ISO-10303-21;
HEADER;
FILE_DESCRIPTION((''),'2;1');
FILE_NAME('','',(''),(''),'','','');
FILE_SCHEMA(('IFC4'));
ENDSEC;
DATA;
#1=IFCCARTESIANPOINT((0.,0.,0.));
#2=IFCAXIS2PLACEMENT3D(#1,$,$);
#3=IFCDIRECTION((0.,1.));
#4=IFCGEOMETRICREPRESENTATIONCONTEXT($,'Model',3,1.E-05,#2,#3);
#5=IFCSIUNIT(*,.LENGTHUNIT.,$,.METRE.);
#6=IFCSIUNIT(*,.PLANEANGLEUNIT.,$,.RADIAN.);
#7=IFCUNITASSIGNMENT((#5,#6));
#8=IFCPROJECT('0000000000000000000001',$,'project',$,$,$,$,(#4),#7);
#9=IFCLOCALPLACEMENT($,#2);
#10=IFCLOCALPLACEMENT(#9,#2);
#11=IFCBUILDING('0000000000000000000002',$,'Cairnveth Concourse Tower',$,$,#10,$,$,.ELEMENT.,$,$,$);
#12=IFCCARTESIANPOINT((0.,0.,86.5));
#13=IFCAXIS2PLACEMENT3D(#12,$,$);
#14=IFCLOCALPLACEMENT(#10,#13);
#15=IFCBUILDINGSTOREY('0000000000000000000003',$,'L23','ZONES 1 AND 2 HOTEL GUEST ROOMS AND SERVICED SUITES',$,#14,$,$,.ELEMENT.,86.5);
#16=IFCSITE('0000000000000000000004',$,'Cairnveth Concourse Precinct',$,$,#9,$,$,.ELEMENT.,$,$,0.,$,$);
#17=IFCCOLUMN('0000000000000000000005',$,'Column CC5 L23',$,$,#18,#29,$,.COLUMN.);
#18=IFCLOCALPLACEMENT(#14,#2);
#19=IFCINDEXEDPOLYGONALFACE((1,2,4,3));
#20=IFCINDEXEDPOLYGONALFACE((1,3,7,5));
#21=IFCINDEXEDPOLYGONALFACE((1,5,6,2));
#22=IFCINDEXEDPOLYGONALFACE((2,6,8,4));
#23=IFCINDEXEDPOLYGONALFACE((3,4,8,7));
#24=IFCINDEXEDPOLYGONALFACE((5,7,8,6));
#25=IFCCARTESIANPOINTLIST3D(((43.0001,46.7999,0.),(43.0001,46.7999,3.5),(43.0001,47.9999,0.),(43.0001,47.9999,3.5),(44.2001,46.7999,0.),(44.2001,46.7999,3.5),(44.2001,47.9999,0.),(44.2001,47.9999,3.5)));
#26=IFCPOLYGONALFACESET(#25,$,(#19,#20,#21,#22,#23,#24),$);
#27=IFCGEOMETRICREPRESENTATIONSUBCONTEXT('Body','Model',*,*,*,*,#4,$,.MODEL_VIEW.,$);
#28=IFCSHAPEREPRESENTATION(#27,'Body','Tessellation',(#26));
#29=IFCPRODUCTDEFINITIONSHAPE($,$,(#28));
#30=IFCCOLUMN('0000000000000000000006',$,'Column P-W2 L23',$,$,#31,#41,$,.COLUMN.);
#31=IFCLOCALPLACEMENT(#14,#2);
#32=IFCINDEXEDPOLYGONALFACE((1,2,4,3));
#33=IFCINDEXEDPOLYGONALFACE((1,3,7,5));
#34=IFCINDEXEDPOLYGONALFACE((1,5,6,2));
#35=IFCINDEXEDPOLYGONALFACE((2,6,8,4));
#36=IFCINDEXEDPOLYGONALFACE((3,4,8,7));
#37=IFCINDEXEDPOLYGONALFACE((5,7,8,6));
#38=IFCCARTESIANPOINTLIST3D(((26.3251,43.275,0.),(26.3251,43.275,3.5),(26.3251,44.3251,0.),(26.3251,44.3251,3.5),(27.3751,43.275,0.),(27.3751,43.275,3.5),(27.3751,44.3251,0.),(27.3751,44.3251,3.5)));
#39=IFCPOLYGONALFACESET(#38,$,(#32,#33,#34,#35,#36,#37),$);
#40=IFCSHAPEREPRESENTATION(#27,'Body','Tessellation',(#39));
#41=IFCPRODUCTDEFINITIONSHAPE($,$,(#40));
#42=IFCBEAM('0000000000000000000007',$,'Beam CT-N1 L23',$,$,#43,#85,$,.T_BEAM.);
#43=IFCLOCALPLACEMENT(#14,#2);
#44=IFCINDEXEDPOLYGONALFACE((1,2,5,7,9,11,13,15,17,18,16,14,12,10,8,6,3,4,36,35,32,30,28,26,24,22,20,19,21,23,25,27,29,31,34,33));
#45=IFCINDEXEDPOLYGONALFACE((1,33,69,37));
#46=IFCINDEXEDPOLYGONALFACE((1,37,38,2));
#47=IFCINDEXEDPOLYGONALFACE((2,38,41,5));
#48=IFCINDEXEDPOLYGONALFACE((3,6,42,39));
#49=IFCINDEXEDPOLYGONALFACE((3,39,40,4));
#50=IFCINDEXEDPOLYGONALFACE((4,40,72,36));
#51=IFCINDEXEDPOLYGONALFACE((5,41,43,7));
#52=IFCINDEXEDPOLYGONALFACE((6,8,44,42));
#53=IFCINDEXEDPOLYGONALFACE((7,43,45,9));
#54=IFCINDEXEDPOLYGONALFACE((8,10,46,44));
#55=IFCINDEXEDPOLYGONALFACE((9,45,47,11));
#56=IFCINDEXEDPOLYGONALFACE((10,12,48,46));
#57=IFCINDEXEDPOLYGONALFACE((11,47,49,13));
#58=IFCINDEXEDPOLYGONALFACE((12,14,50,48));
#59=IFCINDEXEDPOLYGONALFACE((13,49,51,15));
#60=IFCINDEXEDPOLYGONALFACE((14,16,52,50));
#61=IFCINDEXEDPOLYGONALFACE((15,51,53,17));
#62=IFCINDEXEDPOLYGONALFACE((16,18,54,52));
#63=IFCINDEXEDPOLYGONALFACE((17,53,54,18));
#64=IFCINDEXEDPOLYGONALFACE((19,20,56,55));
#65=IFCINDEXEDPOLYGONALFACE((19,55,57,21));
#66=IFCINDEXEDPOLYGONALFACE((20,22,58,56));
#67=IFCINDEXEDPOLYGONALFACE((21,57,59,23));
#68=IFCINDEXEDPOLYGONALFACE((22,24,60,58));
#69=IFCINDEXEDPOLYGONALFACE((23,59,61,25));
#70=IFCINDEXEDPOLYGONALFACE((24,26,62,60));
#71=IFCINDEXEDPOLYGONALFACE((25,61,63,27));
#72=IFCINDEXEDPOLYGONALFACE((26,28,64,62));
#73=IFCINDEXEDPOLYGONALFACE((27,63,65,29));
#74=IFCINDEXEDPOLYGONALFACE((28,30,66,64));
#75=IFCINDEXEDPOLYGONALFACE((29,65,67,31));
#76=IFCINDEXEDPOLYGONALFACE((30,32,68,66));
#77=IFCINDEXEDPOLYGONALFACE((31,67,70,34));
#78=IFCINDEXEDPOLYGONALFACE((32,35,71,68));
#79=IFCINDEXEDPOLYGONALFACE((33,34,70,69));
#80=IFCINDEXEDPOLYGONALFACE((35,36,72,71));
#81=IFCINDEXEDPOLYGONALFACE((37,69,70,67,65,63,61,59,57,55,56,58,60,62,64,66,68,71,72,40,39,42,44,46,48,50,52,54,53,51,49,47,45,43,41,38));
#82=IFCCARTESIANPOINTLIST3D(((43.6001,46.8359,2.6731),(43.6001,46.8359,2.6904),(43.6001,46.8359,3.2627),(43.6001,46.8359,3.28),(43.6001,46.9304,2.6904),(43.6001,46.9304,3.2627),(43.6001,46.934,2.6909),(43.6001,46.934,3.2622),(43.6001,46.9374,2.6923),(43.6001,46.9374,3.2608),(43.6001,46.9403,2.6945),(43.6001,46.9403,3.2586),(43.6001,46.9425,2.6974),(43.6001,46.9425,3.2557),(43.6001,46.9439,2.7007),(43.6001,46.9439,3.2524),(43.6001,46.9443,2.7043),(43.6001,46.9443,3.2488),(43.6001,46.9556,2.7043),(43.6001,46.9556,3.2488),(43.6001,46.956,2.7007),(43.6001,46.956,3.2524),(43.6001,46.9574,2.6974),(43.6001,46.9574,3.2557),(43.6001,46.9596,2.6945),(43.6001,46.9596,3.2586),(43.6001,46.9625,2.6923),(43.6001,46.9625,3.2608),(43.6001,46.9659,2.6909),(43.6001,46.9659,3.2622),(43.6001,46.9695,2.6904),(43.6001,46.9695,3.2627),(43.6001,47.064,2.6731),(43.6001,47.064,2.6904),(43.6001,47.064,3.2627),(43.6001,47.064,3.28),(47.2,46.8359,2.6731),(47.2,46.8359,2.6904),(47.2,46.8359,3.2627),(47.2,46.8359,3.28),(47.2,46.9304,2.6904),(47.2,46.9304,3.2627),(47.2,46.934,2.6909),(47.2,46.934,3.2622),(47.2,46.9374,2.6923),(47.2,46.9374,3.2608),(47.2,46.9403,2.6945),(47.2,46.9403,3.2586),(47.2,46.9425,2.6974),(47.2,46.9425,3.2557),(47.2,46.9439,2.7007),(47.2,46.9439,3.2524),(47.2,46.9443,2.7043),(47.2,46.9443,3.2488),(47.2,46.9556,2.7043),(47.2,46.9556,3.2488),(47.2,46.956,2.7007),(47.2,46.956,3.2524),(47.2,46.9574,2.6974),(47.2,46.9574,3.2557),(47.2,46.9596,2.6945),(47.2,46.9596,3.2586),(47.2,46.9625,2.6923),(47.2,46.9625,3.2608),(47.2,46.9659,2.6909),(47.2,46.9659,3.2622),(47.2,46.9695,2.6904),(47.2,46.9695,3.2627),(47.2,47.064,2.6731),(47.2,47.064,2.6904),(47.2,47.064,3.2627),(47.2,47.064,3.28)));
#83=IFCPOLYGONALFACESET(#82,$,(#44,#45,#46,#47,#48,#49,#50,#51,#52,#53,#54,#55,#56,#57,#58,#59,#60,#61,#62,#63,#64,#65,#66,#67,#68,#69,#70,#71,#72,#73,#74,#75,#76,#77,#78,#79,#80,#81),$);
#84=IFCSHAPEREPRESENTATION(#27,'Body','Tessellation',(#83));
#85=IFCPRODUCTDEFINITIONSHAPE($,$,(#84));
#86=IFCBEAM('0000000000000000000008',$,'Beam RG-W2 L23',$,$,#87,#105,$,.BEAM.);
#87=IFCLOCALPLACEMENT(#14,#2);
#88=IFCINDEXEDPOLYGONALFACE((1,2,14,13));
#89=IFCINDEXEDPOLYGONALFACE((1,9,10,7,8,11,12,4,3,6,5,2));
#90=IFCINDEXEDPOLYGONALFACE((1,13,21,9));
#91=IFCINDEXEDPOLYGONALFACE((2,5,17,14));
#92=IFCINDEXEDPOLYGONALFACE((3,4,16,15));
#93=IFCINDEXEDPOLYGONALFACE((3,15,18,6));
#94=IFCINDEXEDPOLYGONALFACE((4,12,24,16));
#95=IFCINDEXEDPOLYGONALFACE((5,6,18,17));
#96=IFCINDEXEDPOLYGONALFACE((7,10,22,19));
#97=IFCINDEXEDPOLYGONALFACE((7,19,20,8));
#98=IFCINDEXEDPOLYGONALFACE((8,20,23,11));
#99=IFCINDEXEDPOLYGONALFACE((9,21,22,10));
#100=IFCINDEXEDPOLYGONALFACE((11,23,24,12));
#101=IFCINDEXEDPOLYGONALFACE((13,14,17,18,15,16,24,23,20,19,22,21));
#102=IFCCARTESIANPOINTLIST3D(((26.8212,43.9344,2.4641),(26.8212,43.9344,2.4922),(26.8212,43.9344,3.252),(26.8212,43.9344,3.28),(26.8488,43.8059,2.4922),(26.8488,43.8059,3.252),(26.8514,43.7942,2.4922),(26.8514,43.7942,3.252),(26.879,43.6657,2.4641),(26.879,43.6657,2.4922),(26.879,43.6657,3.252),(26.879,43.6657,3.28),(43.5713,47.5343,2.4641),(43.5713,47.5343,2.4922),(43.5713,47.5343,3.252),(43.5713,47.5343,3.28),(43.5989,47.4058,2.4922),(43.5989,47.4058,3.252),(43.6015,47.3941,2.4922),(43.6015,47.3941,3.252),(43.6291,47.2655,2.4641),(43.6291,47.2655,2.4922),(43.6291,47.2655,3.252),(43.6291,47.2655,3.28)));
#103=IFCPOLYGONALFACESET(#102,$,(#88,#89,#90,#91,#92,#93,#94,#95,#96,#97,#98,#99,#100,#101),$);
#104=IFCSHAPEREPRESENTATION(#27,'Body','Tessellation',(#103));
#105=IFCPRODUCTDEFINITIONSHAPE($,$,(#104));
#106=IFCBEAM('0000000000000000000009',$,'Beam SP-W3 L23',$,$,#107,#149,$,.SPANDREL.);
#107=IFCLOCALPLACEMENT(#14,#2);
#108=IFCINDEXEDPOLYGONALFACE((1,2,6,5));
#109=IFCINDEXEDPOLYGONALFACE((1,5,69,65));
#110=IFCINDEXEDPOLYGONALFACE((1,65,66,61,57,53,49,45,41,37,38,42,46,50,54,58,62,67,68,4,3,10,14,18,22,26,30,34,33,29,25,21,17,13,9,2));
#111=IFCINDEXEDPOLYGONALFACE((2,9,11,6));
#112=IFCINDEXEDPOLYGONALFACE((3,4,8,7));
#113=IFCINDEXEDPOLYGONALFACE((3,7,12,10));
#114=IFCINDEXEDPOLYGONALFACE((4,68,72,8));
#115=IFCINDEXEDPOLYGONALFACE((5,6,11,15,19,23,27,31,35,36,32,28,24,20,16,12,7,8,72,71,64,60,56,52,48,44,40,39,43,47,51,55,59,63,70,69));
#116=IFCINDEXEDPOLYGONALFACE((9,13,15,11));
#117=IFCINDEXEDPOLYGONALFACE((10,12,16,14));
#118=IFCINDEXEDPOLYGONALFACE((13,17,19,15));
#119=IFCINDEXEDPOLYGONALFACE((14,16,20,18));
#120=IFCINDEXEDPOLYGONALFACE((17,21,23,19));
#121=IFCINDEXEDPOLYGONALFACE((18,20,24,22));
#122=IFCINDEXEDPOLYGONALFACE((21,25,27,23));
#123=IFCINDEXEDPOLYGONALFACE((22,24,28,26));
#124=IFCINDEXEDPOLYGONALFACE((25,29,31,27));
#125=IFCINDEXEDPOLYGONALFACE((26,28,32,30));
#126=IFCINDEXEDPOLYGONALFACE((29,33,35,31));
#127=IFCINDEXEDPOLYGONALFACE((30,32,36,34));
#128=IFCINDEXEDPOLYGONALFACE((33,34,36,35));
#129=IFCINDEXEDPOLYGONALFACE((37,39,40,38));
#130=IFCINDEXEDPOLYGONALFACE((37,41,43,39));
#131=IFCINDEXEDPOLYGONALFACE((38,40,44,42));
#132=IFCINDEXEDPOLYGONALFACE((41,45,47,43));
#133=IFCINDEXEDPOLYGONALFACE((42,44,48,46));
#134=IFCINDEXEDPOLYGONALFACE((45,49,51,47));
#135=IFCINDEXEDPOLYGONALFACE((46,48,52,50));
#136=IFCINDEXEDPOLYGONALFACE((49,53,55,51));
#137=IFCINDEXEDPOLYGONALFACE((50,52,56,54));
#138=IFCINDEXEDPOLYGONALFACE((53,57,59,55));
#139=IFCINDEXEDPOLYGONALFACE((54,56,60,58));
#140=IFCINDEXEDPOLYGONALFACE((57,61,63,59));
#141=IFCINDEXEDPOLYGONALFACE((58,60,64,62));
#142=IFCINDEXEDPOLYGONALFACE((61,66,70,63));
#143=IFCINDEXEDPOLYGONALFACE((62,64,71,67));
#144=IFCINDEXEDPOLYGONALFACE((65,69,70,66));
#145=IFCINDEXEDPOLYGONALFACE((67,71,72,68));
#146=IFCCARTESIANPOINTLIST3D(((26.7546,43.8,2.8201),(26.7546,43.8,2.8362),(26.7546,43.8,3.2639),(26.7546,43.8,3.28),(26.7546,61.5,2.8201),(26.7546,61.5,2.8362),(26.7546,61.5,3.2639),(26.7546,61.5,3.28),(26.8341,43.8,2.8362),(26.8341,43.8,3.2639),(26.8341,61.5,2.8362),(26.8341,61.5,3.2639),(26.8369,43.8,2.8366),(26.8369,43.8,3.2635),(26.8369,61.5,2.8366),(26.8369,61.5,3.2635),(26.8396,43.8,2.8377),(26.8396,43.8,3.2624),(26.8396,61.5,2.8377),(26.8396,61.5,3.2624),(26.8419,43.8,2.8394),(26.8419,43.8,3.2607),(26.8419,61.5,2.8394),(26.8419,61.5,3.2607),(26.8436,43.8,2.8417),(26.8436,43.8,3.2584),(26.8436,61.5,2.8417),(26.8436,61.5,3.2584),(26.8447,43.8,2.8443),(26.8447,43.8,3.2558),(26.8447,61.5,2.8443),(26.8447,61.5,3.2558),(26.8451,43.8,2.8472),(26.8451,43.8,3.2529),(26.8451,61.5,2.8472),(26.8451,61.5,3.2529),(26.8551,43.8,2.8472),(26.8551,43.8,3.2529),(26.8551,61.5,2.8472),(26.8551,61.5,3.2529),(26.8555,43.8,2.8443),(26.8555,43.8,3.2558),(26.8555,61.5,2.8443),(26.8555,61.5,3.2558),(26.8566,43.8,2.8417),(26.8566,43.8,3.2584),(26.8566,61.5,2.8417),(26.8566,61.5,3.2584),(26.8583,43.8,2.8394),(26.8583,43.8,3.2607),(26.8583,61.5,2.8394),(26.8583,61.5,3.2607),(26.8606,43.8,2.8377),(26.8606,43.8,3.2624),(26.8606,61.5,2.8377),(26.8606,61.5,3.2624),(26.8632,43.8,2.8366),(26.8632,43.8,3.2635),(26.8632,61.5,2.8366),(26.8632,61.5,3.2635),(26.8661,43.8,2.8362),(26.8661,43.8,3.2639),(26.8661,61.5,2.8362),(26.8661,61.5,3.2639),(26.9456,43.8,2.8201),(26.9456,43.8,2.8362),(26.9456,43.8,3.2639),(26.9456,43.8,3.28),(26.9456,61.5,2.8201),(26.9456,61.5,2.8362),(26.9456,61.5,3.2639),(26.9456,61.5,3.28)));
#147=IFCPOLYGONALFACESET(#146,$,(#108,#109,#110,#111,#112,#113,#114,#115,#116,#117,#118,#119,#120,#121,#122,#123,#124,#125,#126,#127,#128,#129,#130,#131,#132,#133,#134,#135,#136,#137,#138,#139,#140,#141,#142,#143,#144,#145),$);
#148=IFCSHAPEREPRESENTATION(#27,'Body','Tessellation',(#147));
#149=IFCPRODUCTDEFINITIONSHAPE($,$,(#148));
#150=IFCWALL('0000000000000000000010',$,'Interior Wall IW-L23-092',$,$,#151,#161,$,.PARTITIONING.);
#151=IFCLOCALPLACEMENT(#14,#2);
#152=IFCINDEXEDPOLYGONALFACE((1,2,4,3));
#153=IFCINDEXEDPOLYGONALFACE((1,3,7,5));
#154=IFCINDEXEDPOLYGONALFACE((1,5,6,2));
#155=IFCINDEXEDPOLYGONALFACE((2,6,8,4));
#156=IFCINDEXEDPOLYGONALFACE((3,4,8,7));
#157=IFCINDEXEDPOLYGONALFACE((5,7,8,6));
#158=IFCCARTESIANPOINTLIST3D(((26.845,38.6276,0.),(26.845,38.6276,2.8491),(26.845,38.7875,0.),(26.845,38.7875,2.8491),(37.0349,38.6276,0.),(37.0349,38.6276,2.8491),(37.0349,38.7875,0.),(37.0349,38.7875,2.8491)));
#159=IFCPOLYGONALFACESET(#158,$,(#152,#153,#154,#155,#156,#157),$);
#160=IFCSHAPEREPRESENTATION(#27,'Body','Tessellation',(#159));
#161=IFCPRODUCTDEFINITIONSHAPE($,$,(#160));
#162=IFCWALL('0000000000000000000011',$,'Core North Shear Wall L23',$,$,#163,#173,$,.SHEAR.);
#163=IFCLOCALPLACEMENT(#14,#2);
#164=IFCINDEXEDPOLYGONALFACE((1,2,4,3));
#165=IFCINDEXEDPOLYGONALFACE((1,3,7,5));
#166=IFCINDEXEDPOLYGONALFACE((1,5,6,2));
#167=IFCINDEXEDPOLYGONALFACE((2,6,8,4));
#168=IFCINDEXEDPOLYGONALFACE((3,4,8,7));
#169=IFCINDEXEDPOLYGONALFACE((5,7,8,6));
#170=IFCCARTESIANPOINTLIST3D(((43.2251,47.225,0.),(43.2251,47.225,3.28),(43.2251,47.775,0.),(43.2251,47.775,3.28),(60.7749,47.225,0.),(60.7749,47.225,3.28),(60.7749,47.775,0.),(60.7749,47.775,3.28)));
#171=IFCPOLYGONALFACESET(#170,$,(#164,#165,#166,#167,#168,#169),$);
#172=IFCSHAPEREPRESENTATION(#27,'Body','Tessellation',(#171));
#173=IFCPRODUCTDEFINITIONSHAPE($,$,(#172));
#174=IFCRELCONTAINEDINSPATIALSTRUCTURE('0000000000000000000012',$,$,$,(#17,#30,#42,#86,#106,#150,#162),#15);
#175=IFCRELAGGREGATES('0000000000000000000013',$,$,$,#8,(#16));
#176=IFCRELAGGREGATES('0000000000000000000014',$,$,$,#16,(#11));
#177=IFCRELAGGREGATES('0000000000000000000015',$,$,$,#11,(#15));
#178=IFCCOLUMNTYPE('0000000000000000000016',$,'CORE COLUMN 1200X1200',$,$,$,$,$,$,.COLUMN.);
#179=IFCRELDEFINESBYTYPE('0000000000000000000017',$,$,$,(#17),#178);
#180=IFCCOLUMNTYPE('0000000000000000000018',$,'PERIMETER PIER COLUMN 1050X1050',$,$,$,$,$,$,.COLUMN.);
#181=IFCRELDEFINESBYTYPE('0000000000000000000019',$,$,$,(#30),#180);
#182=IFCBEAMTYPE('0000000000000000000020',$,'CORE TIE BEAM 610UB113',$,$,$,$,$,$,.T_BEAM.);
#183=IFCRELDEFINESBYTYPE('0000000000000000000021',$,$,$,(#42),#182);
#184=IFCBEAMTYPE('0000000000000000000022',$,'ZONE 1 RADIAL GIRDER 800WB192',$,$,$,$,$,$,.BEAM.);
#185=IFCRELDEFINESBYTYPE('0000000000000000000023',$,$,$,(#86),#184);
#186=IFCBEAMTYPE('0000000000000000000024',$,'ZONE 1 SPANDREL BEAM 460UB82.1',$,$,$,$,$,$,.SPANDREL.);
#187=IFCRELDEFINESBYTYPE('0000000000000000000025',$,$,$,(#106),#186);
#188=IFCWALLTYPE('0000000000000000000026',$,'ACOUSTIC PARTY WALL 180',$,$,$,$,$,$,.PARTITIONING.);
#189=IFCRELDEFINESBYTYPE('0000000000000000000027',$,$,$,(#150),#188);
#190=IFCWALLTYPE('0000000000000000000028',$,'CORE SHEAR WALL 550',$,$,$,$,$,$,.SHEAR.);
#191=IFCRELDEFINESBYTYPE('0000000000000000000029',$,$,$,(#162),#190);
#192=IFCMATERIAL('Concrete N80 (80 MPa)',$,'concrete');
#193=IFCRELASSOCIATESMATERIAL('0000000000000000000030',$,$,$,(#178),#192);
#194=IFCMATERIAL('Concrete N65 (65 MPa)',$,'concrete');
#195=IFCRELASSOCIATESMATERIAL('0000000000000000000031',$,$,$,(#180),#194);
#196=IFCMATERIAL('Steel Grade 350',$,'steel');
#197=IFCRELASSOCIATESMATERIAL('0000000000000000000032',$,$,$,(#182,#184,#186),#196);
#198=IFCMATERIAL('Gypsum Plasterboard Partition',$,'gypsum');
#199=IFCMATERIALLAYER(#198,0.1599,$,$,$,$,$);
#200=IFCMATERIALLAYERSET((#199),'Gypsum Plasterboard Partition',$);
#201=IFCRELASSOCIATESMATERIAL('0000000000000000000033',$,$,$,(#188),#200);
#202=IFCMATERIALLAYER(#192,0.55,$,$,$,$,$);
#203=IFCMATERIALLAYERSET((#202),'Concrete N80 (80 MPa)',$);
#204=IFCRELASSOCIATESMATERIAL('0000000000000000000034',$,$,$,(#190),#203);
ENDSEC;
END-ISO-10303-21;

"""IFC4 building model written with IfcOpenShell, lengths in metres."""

from ifc_helpers import new_model, si_unit, direction, frame, frame_2d, origin, origin_2d, place, context, subcontext, project, spatial, rectangle, i_section, extrude, material, layer, layer_set, material_profile, profile_set, type_object, element, save


model = new_model("IFC4")

# Units and contexts
model_context = context("Model", 3, precision=1e-05, world=origin(), true_north=direction((0.0, 1.0)))
body_context = subcontext(model_context, "Body", "Model", "MODEL_VIEW")
ifc_project = project(units=[si_unit("LENGTHUNIT", "METRE"), si_unit("PLANEANGLEUNIT", "RADIAN")], contexts=[model_context])

# Site, building, storey
site_placement = place(None, origin())
site = spatial("IfcSite", under=ifc_project, at=site_placement, Name="Cairnveth Concourse Precinct", CompositionType="ELEMENT", RefElevation=0.0)
building_placement = place(site_placement, origin())
building = spatial("IfcBuilding", under=site, at=building_placement, Name="Cairnveth Concourse Tower", CompositionType="ELEMENT")
storey_placement = place(building_placement, frame((0.0, 0.0, 86.5)))
storey = spatial("IfcBuildingStorey", under=building, at=storey_placement, Name="L23", Description="ZONES 1 AND 2 HOTEL GUEST ROOMS AND SERVICED SUITES", CompositionType="ELEMENT", Elevation=86.5)

# Columns
ifc_material_1 = material(Name="Concrete N80 (80 MPa)", Category="concrete")
ifc_material_profile_1 = material_profile(ifc_material_1, rectangle(XDim=1.2, YDim=1.2, at=origin_2d()), Name="RC-COL-1200x1200")
ifc_profile_set_1 = profile_set([ifc_material_profile_1], Name="Concrete N80 (80 MPa)")
column_type_1 = type_object("IfcColumnType", Name="CORE COLUMN 1200X1200", PredefinedType="COLUMN", material=ifc_profile_set_1)
column_1_placement = place(storey_placement, frame((43.6001, 47.3999, 0.0), z_axis=(0.0, 0.0, 1.0), x_axis=(1.0, 0.0, 0.0)))
element("IfcColumn", 1, at=column_1_placement, inside=storey, type_object=column_type_1, Name="Column CC5 L23", PredefinedType="COLUMN", context=body_context, shape_type="SweptSolid", body=[
    extrude(rectangle(XDim=1.2, YDim=1.2, at=origin_2d()), origin(), (0.0, 0.0, 1.0), 3.5),
])
ifc_material_2 = material(Name="Concrete N65 (65 MPa)", Category="concrete")
ifc_material_profile_2 = material_profile(ifc_material_2, rectangle(XDim=1.05, YDim=1.05, at=origin_2d()), Name="RC-COL-1050x1050")
ifc_profile_set_2 = profile_set([ifc_material_profile_2], Name="Concrete N65 (65 MPa)")
column_type_2 = type_object("IfcColumnType", Name="PERIMETER PIER COLUMN 1050X1050", PredefinedType="COLUMN", material=ifc_profile_set_2)
column_2_placement = place(storey_placement, frame((26.8501, 43.8, 0.0), z_axis=(0.0, 0.0, 1.0), x_axis=(0.0, 1.0, 0.0)))
element("IfcColumn", 2, at=column_2_placement, inside=storey, type_object=column_type_2, Name="Column P-W2 L23", PredefinedType="COLUMN", context=body_context, shape_type="SweptSolid", body=[
    extrude(rectangle(XDim=1.05, YDim=1.05, at=origin_2d()), origin(), (0.0, 0.0, 1.0), 3.5),
])

# Beams
ifc_material_3 = material(Name="Steel Grade 350", Category="steel")
ifc_material_profile_3 = material_profile(ifc_material_3, i_section(OverallWidth=0.228, OverallDepth=0.6069, WebThickness=0.0112, FlangeThickness=0.0173, FilletRadius=0.0139, at=origin_2d()), Name="610UB113")
ifc_profile_set_3 = profile_set([ifc_material_profile_3], Name="Steel Grade 350")
beam_type_1 = type_object("IfcBeamType", Name="CORE TIE BEAM 610UB113", PredefinedType="T_BEAM", material=ifc_profile_set_3)
beam_1_placement = place(storey_placement, frame((43.6001, 46.95, 2.9766), z_axis=(1.0, 0.0, 0.0), x_axis=(0.0, 1.0, 0.0)))
element("IfcBeam", 3, at=beam_1_placement, inside=storey, type_object=beam_type_1, Name="Beam CT-N1 L23", PredefinedType="T_BEAM", context=body_context, shape_type="SweptSolid", body=[
    extrude(i_section(OverallWidth=0.228, OverallDepth=0.6069, WebThickness=0.0112, FlangeThickness=0.0173, FilletRadius=0.0139, at=origin_2d()), origin(), (0.0, 0.0, 1.0), 3.5999),
])
ifc_material_profile_4 = material_profile(ifc_material_3, i_section(OverallWidth=0.2749, OverallDepth=0.8159, WebThickness=0.012, FlangeThickness=0.0281, at=origin_2d()), Name="800WB192")
ifc_profile_set_4 = profile_set([ifc_material_profile_4], Name="Steel Grade 350")
beam_type_2 = type_object("IfcBeamType", Name="ZONE 1 RADIAL GIRDER 800WB192", PredefinedType="BEAM", material=ifc_profile_set_4)
beam_2_placement = place(storey_placement, frame((26.8501, 43.8, 2.8721), z_axis=(0.977676, 0.210119, 0.0), x_axis=(-0.210119, 0.977676, 0.0)))
element("IfcBeam", 4, at=beam_2_placement, inside=storey, type_object=beam_type_2, Name="Beam RG-W2 L23", PredefinedType="BEAM", context=body_context, shape_type="SweptSolid", body=[
    extrude(i_section(OverallWidth=0.2749, OverallDepth=0.8159, WebThickness=0.012, FlangeThickness=0.0281, at=origin_2d()), origin(), (0.0, 0.0, 1.0), 17.1326),
])
ifc_material_profile_5 = material_profile(ifc_material_3, i_section(OverallWidth=0.1909, OverallDepth=0.46, WebThickness=0.01, FlangeThickness=0.0161, FilletRadius=0.011, at=origin_2d()), Name="460UB82.1")
ifc_profile_set_5 = profile_set([ifc_material_profile_5], Name="Steel Grade 350")
beam_type_3 = type_object("IfcBeamType", Name="ZONE 1 SPANDREL BEAM 460UB82.1", PredefinedType="SPANDREL", material=ifc_profile_set_5)
beam_3_placement = place(storey_placement, frame((26.8501, 43.8, 3.05), z_axis=(0.0, 1.0, 0.0), x_axis=(-1.0, 0.0, 0.0)))
element("IfcBeam", 5, at=beam_3_placement, inside=storey, type_object=beam_type_3, Name="Beam SP-W3 L23", PredefinedType="SPANDREL", context=body_context, shape_type="SweptSolid", body=[
    extrude(i_section(OverallWidth=0.1909, OverallDepth=0.46, WebThickness=0.01, FlangeThickness=0.0161, FilletRadius=0.011, at=origin_2d()), origin(), (0.0, 0.0, 1.0), 17.7),
])

# Walls
ifc_material_4 = material(Name="Gypsum Plasterboard Partition", Category="gypsum")
ifc_layer_1 = layer(ifc_material_4, 0.1599)
ifc_layer_set_1 = layer_set([ifc_layer_1], Name="Gypsum Plasterboard Partition")
wall_type_1 = type_object("IfcWallType", Name="ACOUSTIC PARTY WALL 180", PredefinedType="PARTITIONING", material=ifc_layer_set_1)
wall_1_placement = place(storey_placement, frame((26.845, 38.7075, 0.0), z_axis=(0.0, 0.0, 1.0), x_axis=(1.0, 0.0, 0.0)))
element("IfcWall", 6, at=wall_1_placement, inside=storey, type_object=wall_type_1, Name="Interior Wall IW-L23-092", PredefinedType="PARTITIONING", context=body_context, shape_type="SweptSolid", body=[
    extrude(rectangle(XDim=10.1899, YDim=0.1599, at=frame_2d((5.095, 0.0))), origin(), (0.0, 0.0, 1.0), 2.8491),
])
ifc_layer_2 = layer(ifc_material_1, 0.55)
ifc_layer_set_2 = layer_set([ifc_layer_2], Name="Concrete N80 (80 MPa)")
wall_type_2 = type_object("IfcWallType", Name="CORE SHEAR WALL 550", PredefinedType="SHEAR", material=ifc_layer_set_2)
wall_2_placement = place(storey_placement, frame((43.2251, 47.5, 0.0), z_axis=(0.0, 0.0, 1.0), x_axis=(1.0, 0.0, 0.0)))
element("IfcWall", 7, at=wall_2_placement, inside=storey, type_object=wall_type_2, Name="Core North Shear Wall L23", PredefinedType="SHEAR", context=body_context, shape_type="SweptSolid", body=[
    extrude(rectangle(XDim=17.5498, YDim=0.55, at=frame_2d((8.7749, 0.0))), origin(), (0.0, 0.0, 1.0), 3.28),
])

save(model, "model.ifc")
